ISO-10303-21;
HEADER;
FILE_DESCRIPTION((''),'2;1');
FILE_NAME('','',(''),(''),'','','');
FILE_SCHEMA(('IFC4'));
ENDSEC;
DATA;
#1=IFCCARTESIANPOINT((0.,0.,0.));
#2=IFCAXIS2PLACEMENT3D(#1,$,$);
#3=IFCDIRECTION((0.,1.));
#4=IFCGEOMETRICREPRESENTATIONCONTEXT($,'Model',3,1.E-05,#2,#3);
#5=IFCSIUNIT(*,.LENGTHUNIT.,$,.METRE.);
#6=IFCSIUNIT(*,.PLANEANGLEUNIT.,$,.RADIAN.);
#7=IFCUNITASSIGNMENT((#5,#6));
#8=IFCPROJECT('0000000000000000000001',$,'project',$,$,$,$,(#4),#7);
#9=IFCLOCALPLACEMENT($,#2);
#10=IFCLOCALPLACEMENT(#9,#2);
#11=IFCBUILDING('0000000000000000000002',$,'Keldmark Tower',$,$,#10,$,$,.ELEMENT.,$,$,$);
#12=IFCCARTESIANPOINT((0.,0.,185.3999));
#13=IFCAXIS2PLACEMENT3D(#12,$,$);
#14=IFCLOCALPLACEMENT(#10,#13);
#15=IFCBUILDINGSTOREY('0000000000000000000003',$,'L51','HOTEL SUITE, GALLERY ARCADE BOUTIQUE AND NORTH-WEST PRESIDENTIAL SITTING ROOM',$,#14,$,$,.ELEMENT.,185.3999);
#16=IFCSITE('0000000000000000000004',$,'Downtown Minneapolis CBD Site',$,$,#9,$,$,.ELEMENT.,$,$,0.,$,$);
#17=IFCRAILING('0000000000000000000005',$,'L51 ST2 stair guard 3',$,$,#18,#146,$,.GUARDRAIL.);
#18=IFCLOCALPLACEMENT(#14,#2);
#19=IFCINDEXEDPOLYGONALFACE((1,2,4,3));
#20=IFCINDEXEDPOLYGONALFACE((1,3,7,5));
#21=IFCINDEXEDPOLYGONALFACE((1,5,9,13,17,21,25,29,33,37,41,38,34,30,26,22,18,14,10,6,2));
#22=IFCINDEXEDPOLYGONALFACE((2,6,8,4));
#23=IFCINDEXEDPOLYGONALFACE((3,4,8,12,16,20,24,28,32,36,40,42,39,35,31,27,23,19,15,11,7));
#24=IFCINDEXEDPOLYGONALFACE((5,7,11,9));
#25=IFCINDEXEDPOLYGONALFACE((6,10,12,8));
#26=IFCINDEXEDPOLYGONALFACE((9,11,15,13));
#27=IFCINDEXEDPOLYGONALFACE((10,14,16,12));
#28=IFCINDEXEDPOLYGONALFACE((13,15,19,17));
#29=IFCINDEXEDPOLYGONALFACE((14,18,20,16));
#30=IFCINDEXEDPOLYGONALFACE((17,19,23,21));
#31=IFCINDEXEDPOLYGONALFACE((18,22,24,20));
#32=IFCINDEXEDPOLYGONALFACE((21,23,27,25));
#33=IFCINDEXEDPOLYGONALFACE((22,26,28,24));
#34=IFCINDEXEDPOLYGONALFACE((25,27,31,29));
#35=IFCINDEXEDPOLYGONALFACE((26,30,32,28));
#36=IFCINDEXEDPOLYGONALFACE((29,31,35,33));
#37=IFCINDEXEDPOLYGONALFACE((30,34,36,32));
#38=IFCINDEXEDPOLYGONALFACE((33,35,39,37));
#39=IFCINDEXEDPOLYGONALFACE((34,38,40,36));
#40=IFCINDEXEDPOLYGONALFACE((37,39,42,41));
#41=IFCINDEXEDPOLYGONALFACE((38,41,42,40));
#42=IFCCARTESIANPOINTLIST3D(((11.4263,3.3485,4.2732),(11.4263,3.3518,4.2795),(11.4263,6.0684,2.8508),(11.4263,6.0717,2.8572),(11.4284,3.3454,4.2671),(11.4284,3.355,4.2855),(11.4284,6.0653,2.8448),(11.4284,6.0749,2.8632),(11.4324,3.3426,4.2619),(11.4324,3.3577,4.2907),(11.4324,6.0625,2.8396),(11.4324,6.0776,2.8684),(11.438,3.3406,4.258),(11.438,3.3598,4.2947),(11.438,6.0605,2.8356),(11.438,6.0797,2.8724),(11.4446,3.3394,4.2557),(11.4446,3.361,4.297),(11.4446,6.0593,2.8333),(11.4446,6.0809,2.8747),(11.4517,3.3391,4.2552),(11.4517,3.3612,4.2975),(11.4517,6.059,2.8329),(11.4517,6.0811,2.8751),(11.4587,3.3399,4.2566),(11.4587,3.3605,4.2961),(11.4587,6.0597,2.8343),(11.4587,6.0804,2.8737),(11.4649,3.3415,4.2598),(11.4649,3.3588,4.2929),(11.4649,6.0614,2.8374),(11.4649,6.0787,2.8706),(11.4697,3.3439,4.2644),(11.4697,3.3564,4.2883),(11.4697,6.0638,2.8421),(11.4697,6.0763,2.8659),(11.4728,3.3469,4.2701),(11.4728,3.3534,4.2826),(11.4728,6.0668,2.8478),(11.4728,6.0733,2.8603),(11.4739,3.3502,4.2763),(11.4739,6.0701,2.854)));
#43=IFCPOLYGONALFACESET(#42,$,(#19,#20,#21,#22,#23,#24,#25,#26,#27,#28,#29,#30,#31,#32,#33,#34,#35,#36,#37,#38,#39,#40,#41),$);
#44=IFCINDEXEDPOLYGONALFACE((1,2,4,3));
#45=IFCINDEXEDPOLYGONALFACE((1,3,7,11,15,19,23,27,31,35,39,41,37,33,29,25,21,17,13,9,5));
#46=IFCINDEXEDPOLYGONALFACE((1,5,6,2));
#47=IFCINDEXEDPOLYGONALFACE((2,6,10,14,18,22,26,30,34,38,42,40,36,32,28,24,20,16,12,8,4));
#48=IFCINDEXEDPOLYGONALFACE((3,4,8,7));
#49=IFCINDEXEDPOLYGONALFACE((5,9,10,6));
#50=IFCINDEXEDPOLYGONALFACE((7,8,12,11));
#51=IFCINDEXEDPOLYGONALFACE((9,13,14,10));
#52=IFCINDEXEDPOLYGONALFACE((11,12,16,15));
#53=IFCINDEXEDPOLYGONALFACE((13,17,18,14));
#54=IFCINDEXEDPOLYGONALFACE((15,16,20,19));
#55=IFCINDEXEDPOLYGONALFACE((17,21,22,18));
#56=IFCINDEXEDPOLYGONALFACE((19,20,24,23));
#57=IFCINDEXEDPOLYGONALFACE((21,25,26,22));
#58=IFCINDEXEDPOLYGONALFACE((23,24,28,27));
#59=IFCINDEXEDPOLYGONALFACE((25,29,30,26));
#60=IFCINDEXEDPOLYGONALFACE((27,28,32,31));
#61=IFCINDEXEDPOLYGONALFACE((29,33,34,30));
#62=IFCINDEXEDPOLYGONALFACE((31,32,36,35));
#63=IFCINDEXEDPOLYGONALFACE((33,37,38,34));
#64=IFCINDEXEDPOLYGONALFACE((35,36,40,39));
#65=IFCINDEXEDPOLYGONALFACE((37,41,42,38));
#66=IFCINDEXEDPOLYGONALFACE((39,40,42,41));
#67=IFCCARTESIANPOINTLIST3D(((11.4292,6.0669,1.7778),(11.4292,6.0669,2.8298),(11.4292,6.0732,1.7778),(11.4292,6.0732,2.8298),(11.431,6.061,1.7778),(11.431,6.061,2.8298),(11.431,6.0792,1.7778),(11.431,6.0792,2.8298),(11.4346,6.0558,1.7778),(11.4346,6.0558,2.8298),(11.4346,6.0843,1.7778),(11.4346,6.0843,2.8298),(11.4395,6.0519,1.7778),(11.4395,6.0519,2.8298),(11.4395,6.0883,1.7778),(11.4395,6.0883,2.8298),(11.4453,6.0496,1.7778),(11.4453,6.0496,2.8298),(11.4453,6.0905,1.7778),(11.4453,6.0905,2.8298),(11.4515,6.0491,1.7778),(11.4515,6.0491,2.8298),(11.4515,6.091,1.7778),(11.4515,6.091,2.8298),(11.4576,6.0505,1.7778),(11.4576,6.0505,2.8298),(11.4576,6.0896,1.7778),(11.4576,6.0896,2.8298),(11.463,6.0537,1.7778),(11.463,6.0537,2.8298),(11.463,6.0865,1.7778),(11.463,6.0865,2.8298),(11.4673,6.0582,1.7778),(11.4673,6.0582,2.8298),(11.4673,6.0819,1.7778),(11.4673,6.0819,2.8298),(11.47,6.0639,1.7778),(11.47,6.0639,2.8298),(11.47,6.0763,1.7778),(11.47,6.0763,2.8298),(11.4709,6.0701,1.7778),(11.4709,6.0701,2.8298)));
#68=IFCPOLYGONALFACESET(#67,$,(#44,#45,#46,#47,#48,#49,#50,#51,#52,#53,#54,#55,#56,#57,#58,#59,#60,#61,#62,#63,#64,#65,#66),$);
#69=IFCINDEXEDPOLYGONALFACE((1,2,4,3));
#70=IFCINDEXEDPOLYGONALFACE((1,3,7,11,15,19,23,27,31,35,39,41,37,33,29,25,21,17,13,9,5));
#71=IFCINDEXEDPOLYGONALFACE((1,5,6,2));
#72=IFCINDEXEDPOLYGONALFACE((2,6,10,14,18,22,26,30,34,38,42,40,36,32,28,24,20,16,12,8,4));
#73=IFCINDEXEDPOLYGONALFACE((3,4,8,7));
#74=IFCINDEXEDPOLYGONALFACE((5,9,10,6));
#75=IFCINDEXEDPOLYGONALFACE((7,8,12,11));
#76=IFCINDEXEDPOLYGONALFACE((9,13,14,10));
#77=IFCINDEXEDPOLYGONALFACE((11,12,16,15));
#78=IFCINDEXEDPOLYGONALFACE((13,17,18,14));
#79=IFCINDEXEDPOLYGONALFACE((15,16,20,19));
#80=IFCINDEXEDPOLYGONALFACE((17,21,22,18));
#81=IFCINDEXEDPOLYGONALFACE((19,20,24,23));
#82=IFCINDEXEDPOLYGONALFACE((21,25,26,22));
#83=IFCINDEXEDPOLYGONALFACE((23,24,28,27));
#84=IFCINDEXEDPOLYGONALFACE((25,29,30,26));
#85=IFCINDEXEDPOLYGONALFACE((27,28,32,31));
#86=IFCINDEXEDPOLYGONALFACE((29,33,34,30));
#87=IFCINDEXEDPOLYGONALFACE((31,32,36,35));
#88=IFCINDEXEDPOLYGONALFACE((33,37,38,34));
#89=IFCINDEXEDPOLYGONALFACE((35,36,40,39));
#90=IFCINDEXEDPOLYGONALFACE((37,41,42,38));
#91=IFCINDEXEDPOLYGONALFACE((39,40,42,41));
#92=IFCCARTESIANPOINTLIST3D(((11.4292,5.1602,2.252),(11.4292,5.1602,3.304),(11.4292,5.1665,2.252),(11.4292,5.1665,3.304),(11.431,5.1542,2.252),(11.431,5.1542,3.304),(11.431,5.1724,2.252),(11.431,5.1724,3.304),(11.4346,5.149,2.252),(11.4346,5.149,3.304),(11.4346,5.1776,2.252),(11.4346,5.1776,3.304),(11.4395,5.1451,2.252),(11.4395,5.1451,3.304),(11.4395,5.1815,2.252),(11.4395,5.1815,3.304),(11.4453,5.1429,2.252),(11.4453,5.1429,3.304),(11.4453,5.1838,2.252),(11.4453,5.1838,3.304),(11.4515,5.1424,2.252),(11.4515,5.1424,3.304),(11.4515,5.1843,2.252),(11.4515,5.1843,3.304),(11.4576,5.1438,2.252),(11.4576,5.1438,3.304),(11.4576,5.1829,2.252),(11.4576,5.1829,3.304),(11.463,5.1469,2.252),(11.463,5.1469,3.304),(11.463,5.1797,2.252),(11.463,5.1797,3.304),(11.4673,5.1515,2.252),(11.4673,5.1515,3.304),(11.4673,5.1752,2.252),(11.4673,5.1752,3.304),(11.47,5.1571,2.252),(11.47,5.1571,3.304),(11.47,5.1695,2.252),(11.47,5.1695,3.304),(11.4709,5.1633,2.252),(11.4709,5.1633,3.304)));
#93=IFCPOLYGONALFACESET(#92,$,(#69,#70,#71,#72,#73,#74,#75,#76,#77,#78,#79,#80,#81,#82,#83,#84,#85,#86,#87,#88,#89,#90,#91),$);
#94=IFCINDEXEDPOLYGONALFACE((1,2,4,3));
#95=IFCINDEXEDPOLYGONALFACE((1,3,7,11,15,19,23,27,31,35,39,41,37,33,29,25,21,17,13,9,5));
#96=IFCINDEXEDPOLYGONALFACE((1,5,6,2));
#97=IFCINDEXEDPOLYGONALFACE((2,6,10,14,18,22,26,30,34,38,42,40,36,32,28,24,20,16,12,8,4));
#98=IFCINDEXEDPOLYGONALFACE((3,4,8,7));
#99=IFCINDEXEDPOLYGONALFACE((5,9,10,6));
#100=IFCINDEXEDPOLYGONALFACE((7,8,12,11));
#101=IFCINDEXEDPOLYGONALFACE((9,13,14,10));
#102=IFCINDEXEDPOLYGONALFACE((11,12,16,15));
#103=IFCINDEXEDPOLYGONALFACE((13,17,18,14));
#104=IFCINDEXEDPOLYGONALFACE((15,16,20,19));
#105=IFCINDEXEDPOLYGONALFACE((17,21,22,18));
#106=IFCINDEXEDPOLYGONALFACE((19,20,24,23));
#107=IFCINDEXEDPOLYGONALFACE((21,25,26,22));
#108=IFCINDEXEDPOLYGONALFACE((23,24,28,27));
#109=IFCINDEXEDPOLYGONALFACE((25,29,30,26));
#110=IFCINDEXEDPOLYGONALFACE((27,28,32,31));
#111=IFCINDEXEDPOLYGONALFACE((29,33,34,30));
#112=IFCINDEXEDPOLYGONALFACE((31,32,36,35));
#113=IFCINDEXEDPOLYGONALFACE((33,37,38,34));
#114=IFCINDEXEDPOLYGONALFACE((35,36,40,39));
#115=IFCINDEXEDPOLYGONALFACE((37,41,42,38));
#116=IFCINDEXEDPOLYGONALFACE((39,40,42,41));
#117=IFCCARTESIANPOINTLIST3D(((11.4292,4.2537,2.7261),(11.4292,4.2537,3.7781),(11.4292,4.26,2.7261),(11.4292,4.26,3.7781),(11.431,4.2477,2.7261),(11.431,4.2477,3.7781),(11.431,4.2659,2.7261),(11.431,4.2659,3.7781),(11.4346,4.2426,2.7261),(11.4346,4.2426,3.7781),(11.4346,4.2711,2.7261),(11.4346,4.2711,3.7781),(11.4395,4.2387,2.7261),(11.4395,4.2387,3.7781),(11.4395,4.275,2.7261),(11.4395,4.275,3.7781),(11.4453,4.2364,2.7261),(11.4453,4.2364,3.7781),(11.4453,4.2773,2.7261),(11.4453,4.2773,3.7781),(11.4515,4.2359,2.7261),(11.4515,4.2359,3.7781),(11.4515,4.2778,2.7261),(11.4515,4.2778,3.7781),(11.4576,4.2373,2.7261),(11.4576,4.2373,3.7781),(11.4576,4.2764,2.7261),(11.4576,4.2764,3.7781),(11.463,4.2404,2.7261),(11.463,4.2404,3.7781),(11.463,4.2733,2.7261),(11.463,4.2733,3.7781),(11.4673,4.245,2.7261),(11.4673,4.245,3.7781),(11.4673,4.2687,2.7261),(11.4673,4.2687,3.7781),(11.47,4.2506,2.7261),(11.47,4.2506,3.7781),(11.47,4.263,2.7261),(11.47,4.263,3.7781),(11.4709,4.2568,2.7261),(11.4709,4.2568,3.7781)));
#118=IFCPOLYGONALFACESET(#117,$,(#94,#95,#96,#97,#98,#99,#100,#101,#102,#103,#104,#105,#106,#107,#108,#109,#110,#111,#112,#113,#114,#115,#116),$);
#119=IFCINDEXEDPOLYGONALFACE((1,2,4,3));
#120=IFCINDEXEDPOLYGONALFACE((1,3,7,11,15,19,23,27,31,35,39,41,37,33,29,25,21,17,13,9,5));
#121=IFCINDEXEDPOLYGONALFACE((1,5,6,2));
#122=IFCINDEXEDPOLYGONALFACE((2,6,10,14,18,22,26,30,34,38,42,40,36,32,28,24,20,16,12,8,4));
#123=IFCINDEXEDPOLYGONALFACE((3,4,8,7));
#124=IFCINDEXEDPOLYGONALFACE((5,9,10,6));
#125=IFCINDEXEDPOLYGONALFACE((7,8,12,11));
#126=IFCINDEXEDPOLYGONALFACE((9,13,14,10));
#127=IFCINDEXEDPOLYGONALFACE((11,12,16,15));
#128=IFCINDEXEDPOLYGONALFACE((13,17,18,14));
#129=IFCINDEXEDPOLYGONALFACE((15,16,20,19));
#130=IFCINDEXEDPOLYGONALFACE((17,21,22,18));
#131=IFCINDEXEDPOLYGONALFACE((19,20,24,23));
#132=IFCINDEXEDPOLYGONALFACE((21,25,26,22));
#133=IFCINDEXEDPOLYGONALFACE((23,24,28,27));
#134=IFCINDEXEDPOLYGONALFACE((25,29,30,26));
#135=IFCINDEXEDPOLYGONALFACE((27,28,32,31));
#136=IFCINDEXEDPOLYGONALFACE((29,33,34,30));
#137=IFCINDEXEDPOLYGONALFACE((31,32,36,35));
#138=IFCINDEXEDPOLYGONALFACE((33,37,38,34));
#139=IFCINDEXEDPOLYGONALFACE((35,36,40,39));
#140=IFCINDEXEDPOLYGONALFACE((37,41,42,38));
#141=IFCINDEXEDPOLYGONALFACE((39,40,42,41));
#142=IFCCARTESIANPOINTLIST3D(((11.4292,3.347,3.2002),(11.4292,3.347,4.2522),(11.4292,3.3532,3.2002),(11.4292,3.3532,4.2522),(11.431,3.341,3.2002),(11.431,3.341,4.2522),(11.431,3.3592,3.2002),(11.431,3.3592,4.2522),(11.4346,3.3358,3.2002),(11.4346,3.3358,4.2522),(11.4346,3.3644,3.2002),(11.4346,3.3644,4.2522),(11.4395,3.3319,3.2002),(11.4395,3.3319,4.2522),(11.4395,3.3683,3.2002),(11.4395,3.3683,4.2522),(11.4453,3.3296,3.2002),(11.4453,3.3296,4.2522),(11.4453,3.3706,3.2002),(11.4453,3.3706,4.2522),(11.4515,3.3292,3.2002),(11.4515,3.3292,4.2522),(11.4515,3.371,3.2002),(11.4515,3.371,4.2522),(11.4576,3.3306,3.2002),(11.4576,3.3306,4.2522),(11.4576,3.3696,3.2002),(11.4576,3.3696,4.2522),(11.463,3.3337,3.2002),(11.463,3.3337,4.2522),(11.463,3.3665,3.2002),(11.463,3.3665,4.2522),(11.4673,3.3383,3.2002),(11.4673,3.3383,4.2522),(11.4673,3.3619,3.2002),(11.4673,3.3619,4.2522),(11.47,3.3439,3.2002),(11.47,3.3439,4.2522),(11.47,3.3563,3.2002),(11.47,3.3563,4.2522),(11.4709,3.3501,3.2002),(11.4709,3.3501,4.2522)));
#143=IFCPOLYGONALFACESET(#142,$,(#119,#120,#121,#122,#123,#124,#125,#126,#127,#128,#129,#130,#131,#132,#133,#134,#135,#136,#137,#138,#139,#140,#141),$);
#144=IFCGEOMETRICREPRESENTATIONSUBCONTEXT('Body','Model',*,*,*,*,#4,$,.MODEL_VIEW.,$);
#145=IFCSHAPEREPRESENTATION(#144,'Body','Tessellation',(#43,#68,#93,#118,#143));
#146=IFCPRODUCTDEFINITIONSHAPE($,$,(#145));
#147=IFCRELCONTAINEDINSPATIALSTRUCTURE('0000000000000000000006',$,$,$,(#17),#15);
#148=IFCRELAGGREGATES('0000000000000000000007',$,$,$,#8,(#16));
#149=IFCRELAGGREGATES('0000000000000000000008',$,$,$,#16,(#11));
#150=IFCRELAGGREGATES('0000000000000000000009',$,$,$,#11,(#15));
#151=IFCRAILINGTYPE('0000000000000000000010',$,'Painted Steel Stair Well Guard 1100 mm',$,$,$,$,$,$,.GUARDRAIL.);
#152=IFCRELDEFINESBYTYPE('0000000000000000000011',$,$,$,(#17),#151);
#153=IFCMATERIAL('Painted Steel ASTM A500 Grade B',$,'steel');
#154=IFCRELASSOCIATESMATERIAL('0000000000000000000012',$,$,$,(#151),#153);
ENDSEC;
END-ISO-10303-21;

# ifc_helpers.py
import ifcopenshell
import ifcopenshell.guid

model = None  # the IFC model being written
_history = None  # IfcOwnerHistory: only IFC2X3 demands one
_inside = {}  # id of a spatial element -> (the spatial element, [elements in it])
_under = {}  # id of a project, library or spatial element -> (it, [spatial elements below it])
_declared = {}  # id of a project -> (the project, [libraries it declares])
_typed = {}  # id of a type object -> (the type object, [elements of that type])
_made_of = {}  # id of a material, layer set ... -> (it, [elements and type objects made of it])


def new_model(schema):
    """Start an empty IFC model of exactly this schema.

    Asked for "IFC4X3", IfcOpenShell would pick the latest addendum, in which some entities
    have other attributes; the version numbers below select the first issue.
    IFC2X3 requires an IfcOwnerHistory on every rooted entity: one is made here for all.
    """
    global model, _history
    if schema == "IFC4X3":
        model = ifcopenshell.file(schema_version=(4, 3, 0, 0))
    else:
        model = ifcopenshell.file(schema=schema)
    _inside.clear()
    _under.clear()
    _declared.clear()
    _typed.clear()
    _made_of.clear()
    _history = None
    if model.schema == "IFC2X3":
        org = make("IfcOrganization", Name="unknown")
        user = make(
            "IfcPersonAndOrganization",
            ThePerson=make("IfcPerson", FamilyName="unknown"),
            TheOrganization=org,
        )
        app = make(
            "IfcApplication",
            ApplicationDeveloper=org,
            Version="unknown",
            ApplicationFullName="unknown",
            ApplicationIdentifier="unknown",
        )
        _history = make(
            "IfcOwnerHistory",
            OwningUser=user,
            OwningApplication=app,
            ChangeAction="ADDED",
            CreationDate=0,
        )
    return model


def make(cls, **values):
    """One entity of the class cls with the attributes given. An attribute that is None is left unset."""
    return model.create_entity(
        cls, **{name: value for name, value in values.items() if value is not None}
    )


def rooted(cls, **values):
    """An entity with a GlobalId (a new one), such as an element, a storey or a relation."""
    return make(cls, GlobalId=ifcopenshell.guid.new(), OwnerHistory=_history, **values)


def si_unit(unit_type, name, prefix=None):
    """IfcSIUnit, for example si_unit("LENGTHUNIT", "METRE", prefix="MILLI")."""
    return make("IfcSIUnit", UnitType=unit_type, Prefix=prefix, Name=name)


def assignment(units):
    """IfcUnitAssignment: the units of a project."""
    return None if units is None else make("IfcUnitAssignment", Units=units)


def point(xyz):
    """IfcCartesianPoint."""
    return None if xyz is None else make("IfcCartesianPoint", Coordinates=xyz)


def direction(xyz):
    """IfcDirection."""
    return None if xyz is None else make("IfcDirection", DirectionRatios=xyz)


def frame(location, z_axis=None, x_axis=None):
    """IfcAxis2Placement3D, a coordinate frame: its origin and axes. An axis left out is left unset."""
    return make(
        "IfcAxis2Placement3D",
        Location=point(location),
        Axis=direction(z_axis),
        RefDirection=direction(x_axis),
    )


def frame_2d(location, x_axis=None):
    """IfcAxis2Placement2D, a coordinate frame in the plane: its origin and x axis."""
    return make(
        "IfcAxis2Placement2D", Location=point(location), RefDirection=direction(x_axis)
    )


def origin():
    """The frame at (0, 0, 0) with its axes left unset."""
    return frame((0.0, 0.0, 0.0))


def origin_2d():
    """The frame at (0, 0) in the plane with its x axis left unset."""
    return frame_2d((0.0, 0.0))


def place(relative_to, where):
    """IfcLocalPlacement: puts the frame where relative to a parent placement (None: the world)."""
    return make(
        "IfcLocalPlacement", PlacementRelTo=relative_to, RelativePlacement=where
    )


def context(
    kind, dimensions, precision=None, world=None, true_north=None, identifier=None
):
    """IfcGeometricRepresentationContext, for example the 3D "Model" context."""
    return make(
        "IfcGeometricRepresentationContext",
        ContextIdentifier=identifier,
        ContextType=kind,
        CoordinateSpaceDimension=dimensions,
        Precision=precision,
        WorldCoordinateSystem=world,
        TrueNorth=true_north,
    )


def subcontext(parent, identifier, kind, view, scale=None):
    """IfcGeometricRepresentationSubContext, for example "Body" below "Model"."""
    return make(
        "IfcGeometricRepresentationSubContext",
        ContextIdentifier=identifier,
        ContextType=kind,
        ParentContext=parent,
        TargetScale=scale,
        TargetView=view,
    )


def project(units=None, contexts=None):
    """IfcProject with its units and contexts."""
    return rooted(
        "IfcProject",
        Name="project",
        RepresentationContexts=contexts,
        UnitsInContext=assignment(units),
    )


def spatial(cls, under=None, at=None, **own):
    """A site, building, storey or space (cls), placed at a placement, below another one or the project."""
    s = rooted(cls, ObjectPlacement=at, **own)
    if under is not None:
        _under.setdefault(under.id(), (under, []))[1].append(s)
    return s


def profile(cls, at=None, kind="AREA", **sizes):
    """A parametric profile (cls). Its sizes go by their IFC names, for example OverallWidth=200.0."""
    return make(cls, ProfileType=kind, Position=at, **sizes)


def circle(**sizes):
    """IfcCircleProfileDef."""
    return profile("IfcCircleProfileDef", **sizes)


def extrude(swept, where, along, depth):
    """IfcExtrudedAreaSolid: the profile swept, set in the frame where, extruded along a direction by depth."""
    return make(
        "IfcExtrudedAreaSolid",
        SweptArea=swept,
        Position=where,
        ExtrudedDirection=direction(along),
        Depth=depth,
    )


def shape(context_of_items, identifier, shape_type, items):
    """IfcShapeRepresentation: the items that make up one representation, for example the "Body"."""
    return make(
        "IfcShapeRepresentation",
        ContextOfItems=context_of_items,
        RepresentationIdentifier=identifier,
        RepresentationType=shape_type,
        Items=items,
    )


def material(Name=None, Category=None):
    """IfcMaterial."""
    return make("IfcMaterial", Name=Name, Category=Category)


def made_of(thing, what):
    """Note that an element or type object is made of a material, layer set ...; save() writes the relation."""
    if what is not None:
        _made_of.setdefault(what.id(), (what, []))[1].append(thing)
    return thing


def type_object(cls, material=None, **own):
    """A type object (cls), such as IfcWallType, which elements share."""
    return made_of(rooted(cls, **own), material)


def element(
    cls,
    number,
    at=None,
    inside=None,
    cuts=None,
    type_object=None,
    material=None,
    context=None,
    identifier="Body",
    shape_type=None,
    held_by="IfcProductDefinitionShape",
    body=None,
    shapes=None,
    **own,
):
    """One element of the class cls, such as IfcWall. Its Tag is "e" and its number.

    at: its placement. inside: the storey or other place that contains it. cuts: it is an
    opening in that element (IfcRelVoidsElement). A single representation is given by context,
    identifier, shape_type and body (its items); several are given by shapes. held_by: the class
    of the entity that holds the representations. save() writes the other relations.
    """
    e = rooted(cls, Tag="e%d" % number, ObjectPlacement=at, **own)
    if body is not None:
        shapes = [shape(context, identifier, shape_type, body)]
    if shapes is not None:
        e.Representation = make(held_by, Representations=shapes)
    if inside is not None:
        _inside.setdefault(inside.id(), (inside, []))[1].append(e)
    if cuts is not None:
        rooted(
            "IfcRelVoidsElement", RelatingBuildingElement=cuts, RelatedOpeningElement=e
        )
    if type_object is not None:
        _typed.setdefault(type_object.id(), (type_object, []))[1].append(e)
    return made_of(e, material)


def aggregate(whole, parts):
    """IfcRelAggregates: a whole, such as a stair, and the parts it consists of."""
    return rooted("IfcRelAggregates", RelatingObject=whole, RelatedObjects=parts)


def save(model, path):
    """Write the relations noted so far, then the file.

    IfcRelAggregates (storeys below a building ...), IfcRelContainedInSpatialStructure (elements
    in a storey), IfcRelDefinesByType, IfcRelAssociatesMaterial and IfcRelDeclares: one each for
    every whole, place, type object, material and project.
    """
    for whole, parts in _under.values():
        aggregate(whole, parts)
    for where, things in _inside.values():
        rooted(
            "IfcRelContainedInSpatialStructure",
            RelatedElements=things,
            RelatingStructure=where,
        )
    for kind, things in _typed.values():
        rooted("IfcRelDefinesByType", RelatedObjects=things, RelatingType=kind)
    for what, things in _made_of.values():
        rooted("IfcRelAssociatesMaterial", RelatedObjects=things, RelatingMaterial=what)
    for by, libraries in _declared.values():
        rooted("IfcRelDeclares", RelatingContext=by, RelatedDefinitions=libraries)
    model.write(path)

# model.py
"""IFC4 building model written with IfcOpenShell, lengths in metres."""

from ifc_helpers import new_model, si_unit, direction, frame, origin, origin_2d, place, context, subcontext, project, spatial, circle, extrude, material, type_object, element, save


model = new_model("IFC4")

# Units and contexts
model_context = context("Model", 3, precision=1e-05, world=origin(), true_north=direction((0.0, 1.0)))
body_context = subcontext(model_context, "Body", "Model", "MODEL_VIEW")
ifc_project = project(units=[si_unit("LENGTHUNIT", "METRE"), si_unit("PLANEANGLEUNIT", "RADIAN")], contexts=[model_context])

# Site, building, storey
site_placement = place(None, origin())
site = spatial("IfcSite", under=ifc_project, at=site_placement, Name="Downtown Minneapolis CBD Site", CompositionType="ELEMENT", RefElevation=0.0)
building_placement = place(site_placement, origin())
building = spatial("IfcBuilding", under=site, at=building_placement, Name="Keldmark Tower", CompositionType="ELEMENT")
storey_placement = place(building_placement, frame((0.0, 0.0, 185.3999)))
storey = spatial("IfcBuildingStorey", under=building, at=storey_placement, Name="L51", Description="HOTEL SUITE, GALLERY ARCADE BOUTIQUE AND NORTH-WEST PRESIDENTIAL SITTING ROOM", CompositionType="ELEMENT", Elevation=185.3999)

# Railing
ifc_material_1 = material(Name="Painted Steel ASTM A500 Grade B", Category="steel")
railing_type_1 = type_object("IfcRailingType", Name="Painted Steel Stair Well Guard 1100 mm", PredefinedType="GUARDRAIL", material=ifc_material_1)
railing_1_placement = place(storey_placement, frame((11.45, 6.0701, 1.7778)))
element("IfcRailing", 1, at=railing_1_placement, inside=storey, type_object=railing_type_1, Name="L51 ST2 stair guard 3", PredefinedType="GUARDRAIL", context=body_context, shape_type="SweptSolid", body=[
    extrude(circle(Radius=0.0239, at=origin_2d()), frame((0.0, 0.0, 1.0762), z_axis=(0.0, -0.88615, 0.463398), x_axis=(1.0, 0.0, 0.0)), (0.0, 0.0, 1.0), 3.0693),
    extrude(circle(Radius=0.021, at=origin_2d()), origin(), (0.0, 0.0, 1.0), 1.052),
    extrude(circle(Radius=0.021, at=origin_2d()), frame((0.0, -0.9067, 0.4741)), (0.0, 0.0, 1.0), 1.052),
    extrude(circle(Radius=0.021, at=origin_2d()), frame((0.0, -1.8132, 0.9482)), (0.0, 0.0, 1.0), 1.052),
    extrude(circle(Radius=0.021, at=origin_2d()), frame((0.0, -2.72, 1.4224)), (0.0, 0.0, 1.0), 1.052),
])

save(model, "model.ifc")
